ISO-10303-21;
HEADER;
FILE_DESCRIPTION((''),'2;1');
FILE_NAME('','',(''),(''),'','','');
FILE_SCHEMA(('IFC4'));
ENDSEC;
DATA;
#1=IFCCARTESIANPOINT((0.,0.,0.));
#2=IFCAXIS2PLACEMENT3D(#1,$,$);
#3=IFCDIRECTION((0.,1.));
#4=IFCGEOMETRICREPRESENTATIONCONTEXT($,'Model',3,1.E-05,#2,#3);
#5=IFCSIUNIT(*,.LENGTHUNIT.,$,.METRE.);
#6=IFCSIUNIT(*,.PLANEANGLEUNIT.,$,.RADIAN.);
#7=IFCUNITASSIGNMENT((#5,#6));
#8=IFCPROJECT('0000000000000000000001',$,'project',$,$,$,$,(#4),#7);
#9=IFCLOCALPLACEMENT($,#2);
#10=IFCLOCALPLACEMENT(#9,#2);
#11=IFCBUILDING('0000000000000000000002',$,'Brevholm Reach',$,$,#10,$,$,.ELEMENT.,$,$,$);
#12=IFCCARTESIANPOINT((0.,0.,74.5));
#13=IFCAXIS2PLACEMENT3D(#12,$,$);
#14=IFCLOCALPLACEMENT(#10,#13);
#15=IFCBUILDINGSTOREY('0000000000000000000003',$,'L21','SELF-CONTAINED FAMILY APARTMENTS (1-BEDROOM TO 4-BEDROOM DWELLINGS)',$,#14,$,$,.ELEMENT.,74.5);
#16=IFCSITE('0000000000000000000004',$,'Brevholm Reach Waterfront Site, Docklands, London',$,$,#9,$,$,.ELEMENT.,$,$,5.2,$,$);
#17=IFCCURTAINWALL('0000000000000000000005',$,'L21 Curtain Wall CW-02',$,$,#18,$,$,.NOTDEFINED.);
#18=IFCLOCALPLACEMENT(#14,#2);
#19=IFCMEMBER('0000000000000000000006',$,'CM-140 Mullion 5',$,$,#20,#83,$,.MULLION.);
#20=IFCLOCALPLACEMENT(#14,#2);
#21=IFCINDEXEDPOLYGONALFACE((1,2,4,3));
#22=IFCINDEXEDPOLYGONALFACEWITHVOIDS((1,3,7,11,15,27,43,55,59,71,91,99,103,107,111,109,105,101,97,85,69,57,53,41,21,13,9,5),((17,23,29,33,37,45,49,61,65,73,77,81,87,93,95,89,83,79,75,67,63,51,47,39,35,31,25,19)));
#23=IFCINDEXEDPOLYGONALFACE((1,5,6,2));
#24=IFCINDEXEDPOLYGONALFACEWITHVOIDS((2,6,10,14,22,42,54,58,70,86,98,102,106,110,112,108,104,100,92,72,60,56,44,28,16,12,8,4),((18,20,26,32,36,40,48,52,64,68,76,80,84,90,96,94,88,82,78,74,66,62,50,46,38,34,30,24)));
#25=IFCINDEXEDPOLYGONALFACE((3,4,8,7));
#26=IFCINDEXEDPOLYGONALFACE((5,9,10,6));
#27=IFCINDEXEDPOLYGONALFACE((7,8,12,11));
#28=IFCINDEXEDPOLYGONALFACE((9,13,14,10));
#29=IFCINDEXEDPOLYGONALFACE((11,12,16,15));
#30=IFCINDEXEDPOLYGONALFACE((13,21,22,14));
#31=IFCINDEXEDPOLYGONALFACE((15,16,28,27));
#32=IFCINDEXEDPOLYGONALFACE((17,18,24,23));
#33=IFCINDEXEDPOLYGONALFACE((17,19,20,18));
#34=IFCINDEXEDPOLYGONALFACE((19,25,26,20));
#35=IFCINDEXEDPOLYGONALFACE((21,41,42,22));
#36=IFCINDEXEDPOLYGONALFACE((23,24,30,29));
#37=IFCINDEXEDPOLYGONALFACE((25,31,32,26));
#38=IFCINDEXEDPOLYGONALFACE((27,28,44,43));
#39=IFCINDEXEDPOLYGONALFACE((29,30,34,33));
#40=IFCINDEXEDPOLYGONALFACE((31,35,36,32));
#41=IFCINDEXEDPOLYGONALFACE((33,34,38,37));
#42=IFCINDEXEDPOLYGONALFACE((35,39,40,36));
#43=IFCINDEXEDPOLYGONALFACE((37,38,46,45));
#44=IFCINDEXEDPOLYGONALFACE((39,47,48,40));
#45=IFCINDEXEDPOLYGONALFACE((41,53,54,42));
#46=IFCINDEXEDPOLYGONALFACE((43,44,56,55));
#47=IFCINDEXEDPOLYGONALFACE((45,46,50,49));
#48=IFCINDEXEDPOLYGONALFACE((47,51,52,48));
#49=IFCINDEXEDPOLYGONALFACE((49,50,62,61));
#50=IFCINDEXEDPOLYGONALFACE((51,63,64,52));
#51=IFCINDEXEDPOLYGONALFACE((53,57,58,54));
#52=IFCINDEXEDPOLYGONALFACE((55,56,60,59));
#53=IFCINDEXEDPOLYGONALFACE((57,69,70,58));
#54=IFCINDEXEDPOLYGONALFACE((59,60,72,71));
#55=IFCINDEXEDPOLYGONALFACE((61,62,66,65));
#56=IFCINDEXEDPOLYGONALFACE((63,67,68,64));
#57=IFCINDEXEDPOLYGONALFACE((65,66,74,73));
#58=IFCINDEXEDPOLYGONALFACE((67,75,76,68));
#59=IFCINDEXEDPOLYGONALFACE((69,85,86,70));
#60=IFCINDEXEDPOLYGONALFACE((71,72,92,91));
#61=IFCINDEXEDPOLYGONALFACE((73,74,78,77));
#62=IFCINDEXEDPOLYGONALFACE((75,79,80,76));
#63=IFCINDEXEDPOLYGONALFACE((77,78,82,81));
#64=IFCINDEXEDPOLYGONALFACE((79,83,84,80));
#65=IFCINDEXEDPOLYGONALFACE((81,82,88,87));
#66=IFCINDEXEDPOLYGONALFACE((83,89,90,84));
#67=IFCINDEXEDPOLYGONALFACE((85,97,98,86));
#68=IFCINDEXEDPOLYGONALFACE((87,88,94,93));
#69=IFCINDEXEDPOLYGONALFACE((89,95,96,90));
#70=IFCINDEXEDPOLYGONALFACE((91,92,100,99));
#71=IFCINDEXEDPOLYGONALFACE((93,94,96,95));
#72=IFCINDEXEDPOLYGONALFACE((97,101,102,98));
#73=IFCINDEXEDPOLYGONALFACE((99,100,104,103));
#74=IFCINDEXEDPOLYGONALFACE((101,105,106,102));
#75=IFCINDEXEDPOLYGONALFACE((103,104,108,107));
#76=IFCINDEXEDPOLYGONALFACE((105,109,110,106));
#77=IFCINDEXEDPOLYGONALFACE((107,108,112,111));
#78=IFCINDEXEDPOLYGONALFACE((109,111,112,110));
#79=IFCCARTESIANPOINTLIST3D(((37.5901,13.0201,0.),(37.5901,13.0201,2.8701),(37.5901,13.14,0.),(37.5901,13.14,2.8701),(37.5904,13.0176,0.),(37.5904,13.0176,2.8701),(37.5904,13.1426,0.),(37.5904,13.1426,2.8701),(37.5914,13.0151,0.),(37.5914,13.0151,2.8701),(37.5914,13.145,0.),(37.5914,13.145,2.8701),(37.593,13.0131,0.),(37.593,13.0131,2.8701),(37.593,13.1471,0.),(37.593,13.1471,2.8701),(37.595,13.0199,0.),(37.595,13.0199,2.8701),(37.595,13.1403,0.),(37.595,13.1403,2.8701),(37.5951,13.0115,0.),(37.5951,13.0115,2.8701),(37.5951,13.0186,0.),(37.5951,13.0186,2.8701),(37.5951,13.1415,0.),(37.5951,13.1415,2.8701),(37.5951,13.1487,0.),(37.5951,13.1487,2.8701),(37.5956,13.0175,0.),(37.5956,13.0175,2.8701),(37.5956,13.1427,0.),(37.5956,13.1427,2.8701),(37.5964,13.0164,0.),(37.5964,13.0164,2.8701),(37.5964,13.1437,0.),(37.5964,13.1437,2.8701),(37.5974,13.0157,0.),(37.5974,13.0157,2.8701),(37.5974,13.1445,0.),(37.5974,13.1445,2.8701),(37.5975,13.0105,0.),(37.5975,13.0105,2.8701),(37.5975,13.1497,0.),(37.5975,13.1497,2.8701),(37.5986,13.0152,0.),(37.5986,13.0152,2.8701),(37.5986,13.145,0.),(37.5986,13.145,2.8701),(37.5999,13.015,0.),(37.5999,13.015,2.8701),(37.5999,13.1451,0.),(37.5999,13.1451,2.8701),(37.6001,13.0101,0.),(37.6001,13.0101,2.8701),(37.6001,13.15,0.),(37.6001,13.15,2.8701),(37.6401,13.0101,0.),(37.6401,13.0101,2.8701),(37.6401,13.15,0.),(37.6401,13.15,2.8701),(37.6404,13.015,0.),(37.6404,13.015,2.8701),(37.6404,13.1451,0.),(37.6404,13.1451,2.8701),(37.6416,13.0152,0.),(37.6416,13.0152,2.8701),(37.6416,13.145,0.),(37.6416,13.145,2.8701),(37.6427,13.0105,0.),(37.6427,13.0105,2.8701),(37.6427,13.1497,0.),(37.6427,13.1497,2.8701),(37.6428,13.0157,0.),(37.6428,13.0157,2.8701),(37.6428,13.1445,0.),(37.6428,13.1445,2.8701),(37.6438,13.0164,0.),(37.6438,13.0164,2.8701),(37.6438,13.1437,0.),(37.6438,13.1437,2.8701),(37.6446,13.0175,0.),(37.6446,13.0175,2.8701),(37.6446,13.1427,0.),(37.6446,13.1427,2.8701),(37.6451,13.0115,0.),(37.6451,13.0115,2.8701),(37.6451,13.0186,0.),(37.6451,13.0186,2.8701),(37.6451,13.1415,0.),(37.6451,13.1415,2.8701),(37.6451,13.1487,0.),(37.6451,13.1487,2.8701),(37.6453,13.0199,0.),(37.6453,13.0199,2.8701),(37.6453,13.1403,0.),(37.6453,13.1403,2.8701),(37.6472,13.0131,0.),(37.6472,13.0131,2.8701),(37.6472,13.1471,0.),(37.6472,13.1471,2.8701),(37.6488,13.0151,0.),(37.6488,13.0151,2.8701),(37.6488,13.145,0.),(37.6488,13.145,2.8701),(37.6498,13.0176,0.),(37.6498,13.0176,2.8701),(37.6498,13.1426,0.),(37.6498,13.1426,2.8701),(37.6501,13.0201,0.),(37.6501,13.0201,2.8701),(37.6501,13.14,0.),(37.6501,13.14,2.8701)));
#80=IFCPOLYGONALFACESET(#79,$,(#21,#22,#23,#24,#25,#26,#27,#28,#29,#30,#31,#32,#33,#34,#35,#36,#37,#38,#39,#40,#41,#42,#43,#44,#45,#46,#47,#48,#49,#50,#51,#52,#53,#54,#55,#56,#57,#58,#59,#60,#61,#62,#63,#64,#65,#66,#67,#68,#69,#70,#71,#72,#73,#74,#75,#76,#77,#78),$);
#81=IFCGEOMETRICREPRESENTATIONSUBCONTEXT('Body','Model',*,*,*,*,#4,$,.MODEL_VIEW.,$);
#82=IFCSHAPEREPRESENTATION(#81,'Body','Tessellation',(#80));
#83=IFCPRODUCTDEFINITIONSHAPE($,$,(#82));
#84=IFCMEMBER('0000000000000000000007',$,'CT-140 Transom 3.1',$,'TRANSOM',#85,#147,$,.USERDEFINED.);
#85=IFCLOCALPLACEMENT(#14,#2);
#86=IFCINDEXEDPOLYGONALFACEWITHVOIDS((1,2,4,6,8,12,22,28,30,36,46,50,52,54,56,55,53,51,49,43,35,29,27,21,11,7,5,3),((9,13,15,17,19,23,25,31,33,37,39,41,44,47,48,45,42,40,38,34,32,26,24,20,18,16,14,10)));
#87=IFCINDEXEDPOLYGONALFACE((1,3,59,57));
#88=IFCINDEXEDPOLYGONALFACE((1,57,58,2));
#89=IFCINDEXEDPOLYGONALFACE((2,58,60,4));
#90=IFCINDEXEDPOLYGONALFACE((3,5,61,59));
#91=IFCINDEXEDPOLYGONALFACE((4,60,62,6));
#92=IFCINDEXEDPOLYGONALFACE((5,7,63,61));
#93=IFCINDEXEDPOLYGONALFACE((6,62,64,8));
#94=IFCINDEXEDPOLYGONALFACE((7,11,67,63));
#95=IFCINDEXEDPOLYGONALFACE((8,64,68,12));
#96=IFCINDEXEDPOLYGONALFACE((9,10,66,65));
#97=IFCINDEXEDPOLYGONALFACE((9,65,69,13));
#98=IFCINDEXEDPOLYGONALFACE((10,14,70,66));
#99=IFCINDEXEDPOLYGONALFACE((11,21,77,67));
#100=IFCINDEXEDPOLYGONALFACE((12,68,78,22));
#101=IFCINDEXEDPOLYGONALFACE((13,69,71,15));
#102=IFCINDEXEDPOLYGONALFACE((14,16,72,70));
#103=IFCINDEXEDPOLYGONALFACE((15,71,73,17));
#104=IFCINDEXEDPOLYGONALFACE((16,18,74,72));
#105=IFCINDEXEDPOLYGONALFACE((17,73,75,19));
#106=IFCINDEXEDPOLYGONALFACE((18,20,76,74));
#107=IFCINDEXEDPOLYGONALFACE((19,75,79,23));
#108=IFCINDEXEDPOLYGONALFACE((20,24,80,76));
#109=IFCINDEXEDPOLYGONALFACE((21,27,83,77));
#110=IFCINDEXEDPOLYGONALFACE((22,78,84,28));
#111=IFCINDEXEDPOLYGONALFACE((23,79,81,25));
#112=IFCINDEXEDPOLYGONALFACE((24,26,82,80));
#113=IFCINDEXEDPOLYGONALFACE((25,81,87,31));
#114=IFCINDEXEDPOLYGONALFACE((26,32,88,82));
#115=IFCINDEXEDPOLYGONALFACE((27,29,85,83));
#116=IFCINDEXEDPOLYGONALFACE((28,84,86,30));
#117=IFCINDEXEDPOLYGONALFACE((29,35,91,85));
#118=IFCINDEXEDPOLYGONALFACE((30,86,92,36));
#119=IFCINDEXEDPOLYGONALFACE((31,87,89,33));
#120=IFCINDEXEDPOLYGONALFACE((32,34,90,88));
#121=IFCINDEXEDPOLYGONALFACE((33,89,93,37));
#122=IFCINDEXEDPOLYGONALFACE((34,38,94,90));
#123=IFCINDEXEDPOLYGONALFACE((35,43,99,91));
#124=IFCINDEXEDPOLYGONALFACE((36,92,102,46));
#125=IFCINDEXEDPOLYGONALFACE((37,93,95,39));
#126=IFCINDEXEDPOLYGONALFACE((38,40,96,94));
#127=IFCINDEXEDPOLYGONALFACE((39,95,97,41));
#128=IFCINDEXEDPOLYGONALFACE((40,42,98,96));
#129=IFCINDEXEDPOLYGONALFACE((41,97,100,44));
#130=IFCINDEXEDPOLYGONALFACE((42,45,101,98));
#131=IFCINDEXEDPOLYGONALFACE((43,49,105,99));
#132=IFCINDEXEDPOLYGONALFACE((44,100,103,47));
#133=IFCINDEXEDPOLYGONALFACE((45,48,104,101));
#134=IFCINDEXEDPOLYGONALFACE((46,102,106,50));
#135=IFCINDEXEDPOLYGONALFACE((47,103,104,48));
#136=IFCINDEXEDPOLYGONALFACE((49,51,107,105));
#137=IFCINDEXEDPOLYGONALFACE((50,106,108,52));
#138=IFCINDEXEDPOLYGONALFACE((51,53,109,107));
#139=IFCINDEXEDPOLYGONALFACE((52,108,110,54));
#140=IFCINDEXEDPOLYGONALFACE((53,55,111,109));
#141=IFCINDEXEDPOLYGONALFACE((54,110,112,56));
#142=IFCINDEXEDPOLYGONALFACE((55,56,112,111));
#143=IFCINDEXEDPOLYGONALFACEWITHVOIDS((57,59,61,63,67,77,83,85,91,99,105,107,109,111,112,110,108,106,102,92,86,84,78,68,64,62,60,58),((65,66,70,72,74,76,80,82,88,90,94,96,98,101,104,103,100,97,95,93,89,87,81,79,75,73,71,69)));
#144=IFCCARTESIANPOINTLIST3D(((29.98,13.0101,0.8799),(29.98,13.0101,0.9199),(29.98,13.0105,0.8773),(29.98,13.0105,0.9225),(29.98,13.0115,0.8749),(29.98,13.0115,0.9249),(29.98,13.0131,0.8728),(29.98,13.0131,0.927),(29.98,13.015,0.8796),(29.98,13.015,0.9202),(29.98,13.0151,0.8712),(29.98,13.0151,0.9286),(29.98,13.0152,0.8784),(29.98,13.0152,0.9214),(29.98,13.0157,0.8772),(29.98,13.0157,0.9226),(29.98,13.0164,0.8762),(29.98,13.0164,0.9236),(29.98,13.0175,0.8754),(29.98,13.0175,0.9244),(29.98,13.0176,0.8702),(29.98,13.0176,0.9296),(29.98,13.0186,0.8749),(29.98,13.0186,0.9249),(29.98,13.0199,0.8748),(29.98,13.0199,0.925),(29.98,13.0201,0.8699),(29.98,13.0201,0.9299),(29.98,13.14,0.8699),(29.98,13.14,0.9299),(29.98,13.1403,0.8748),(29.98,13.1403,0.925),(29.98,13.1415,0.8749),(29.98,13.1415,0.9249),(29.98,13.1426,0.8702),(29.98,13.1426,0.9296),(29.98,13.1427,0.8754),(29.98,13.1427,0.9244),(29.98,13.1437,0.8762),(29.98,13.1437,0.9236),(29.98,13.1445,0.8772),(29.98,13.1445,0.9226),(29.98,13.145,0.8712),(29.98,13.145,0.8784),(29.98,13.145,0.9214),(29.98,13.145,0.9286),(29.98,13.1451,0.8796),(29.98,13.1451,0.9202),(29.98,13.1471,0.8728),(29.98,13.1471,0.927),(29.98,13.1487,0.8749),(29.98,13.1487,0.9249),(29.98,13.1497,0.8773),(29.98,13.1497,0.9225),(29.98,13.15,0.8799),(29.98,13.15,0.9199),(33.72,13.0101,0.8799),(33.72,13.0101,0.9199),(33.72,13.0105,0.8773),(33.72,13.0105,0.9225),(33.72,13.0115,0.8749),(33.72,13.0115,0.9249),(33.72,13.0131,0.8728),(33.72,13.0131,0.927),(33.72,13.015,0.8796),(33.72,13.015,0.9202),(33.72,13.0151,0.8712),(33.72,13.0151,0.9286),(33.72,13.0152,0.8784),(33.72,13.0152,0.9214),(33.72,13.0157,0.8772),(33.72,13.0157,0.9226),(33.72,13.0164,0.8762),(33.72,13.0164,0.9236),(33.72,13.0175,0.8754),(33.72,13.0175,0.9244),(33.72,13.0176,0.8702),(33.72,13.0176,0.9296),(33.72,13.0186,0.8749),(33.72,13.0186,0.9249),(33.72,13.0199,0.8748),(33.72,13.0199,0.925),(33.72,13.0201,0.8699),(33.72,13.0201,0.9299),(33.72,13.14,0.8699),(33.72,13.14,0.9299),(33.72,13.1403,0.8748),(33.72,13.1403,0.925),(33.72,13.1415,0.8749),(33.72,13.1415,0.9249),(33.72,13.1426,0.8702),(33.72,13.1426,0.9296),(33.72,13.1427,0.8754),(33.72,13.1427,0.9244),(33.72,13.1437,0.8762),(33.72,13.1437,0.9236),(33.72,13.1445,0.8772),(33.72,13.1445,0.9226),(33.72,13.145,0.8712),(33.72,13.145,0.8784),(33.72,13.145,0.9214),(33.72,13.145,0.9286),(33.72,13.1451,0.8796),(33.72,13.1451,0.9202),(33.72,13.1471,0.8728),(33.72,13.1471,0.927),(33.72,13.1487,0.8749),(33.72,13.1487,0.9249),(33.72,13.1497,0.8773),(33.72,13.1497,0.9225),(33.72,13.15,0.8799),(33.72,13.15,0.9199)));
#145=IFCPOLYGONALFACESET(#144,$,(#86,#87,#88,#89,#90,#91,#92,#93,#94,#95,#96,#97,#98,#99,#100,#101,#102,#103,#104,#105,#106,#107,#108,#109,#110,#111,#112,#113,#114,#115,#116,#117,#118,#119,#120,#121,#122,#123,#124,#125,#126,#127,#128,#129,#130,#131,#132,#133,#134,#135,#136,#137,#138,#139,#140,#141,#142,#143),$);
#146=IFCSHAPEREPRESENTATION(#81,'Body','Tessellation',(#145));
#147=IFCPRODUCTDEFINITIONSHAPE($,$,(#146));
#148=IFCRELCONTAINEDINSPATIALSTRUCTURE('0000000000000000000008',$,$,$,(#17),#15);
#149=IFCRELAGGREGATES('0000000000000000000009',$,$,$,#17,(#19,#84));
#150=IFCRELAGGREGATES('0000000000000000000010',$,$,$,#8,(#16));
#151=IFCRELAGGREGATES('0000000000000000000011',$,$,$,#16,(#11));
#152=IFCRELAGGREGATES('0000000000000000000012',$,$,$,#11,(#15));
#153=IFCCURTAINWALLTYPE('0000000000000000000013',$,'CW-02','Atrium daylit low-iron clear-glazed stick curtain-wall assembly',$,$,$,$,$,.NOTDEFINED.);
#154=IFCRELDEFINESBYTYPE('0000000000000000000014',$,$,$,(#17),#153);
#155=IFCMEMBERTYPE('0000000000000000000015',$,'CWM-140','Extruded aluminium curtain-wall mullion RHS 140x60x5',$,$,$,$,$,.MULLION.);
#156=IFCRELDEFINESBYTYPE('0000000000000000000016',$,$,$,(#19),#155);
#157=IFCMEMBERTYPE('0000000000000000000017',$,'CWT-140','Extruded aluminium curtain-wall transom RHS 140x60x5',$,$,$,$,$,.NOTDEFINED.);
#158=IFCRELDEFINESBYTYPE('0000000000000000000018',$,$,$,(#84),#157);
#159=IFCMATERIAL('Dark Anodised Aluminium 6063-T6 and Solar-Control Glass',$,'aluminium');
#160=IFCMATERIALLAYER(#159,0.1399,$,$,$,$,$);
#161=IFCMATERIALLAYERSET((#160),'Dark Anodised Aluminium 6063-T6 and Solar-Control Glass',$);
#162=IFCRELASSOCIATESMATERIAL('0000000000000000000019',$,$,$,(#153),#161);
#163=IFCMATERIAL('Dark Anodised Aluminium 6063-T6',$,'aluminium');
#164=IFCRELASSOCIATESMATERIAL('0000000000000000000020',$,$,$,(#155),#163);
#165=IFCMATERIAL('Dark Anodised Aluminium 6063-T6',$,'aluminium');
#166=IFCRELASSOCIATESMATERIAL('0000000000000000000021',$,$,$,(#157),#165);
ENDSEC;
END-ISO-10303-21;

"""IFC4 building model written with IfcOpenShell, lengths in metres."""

from ifc_helpers import new_model, si_unit, direction, frame, origin, origin_2d, place, context, subcontext, project, spatial, hollow_rectangle, extrude, material, layer, layer_set, material_profile, profile_set, type_object, element, aggregate, save


model = new_model("IFC4")

# Units and contexts
model_context = context("Model", 3, precision=1e-05, world=origin(), true_north=direction((0.0, 1.0)))
body_context = subcontext(model_context, "Body", "Model", "MODEL_VIEW")
ifc_project = project(units=[si_unit("LENGTHUNIT", "METRE"), si_unit("PLANEANGLEUNIT", "RADIAN")], contexts=[model_context])

# Site, building, storey
site_placement = place(None, origin())
site = spatial("IfcSite", under=ifc_project, at=site_placement, Name="Brevholm Reach Waterfront Site, Docklands, London", CompositionType="ELEMENT", RefElevation=5.2)
building_placement = place(site_placement, origin())
building = spatial("IfcBuilding", under=site, at=building_placement, Name="Brevholm Reach", CompositionType="ELEMENT")
storey_placement = place(building_placement, frame((0.0, 0.0, 74.5)))
storey = spatial("IfcBuildingStorey", under=building, at=storey_placement, Name="L21", Description="SELF-CONTAINED FAMILY APARTMENTS (1-BEDROOM TO 4-BEDROOM DWELLINGS)", CompositionType="ELEMENT", Elevation=74.5)

# Curtain wall, members
ifc_material_1 = material(Name="Dark Anodised Aluminium 6063-T6 and Solar-Control Glass", Category="aluminium")
ifc_layer_1 = layer(ifc_material_1, 0.1399)
ifc_layer_set_1 = layer_set([ifc_layer_1], Name="Dark Anodised Aluminium 6063-T6 and Solar-Control Glass")
curtain_wall_type = type_object("IfcCurtainWallType", Name="CW-02", Description="Atrium daylit low-iron clear-glazed stick curtain-wall assembly", PredefinedType="NOTDEFINED", material=ifc_layer_set_1)
curtain_wall_placement = place(storey_placement, origin())
curtain_wall = element("IfcCurtainWall", 1, at=curtain_wall_placement, inside=storey, type_object=curtain_wall_type, Name="L21 Curtain Wall CW-02", PredefinedType="NOTDEFINED")
ifc_material_2 = material(Name="Dark Anodised Aluminium 6063-T6", Category="aluminium")
ifc_material_profile_1 = material_profile(ifc_material_2, hollow_rectangle(XDim=0.0601, YDim=0.1399, WallThickness=0.0049, InnerFilletRadius=0.0049, OuterFilletRadius=0.01, at=origin_2d()), Name="RHS 140x60x5")
ifc_profile_set_1 = profile_set([ifc_material_profile_1], Name="Dark Anodised Aluminium 6063-T6")
member_type_1 = type_object("IfcMemberType", Name="CWM-140", Description="Extruded aluminium curtain-wall mullion RHS 140x60x5", PredefinedType="MULLION", material=ifc_profile_set_1)
member_1_placement = place(storey_placement, frame((37.6201, 13.0801, 0.0), z_axis=(0.0, 0.0, 1.0), x_axis=(1.0, 0.0, 0.0)))
member_1 = element("IfcMember", 2, at=member_1_placement, type_object=member_type_1, Name="CM-140 Mullion 5", PredefinedType="MULLION", context=body_context, shape_type="SweptSolid", body=[
    extrude(hollow_rectangle(XDim=0.0601, YDim=0.1399, WallThickness=0.0049, InnerFilletRadius=0.0049, OuterFilletRadius=0.01, at=origin_2d()), origin(), (0.0, 0.0, 1.0), 2.8701),
])
ifc_material_3 = material(Name="Dark Anodised Aluminium 6063-T6", Category="aluminium")
ifc_material_profile_2 = material_profile(ifc_material_3, hollow_rectangle(XDim=0.0601, YDim=0.1399, WallThickness=0.0049, InnerFilletRadius=0.0049, OuterFilletRadius=0.01, at=origin_2d()), Name="RHS 140x60x5")
ifc_profile_set_2 = profile_set([ifc_material_profile_2], Name="Dark Anodised Aluminium 6063-T6")
member_type_2 = type_object("IfcMemberType", Name="CWT-140", Description="Extruded aluminium curtain-wall transom RHS 140x60x5", PredefinedType="NOTDEFINED", material=ifc_profile_set_2)
member_2_placement = place(storey_placement, frame((29.98, 13.0801, 0.8999), z_axis=(1.0, 0.0, 0.0), x_axis=(0.0, 0.0, 1.0)))
member_2 = element("IfcMember", 3, at=member_2_placement, type_object=member_type_2, Name="CT-140 Transom 3.1", ObjectType="TRANSOM", PredefinedType="USERDEFINED", context=body_context, shape_type="SweptSolid", body=[
    extrude(hollow_rectangle(XDim=0.0601, YDim=0.1399, WallThickness=0.0049, InnerFilletRadius=0.0049, OuterFilletRadius=0.01, at=origin_2d()), origin(), (0.0, 0.0, 1.0), 3.74),
])
aggregate(curtain_wall, [member_1, member_2])

save(model, "model.ifc")
